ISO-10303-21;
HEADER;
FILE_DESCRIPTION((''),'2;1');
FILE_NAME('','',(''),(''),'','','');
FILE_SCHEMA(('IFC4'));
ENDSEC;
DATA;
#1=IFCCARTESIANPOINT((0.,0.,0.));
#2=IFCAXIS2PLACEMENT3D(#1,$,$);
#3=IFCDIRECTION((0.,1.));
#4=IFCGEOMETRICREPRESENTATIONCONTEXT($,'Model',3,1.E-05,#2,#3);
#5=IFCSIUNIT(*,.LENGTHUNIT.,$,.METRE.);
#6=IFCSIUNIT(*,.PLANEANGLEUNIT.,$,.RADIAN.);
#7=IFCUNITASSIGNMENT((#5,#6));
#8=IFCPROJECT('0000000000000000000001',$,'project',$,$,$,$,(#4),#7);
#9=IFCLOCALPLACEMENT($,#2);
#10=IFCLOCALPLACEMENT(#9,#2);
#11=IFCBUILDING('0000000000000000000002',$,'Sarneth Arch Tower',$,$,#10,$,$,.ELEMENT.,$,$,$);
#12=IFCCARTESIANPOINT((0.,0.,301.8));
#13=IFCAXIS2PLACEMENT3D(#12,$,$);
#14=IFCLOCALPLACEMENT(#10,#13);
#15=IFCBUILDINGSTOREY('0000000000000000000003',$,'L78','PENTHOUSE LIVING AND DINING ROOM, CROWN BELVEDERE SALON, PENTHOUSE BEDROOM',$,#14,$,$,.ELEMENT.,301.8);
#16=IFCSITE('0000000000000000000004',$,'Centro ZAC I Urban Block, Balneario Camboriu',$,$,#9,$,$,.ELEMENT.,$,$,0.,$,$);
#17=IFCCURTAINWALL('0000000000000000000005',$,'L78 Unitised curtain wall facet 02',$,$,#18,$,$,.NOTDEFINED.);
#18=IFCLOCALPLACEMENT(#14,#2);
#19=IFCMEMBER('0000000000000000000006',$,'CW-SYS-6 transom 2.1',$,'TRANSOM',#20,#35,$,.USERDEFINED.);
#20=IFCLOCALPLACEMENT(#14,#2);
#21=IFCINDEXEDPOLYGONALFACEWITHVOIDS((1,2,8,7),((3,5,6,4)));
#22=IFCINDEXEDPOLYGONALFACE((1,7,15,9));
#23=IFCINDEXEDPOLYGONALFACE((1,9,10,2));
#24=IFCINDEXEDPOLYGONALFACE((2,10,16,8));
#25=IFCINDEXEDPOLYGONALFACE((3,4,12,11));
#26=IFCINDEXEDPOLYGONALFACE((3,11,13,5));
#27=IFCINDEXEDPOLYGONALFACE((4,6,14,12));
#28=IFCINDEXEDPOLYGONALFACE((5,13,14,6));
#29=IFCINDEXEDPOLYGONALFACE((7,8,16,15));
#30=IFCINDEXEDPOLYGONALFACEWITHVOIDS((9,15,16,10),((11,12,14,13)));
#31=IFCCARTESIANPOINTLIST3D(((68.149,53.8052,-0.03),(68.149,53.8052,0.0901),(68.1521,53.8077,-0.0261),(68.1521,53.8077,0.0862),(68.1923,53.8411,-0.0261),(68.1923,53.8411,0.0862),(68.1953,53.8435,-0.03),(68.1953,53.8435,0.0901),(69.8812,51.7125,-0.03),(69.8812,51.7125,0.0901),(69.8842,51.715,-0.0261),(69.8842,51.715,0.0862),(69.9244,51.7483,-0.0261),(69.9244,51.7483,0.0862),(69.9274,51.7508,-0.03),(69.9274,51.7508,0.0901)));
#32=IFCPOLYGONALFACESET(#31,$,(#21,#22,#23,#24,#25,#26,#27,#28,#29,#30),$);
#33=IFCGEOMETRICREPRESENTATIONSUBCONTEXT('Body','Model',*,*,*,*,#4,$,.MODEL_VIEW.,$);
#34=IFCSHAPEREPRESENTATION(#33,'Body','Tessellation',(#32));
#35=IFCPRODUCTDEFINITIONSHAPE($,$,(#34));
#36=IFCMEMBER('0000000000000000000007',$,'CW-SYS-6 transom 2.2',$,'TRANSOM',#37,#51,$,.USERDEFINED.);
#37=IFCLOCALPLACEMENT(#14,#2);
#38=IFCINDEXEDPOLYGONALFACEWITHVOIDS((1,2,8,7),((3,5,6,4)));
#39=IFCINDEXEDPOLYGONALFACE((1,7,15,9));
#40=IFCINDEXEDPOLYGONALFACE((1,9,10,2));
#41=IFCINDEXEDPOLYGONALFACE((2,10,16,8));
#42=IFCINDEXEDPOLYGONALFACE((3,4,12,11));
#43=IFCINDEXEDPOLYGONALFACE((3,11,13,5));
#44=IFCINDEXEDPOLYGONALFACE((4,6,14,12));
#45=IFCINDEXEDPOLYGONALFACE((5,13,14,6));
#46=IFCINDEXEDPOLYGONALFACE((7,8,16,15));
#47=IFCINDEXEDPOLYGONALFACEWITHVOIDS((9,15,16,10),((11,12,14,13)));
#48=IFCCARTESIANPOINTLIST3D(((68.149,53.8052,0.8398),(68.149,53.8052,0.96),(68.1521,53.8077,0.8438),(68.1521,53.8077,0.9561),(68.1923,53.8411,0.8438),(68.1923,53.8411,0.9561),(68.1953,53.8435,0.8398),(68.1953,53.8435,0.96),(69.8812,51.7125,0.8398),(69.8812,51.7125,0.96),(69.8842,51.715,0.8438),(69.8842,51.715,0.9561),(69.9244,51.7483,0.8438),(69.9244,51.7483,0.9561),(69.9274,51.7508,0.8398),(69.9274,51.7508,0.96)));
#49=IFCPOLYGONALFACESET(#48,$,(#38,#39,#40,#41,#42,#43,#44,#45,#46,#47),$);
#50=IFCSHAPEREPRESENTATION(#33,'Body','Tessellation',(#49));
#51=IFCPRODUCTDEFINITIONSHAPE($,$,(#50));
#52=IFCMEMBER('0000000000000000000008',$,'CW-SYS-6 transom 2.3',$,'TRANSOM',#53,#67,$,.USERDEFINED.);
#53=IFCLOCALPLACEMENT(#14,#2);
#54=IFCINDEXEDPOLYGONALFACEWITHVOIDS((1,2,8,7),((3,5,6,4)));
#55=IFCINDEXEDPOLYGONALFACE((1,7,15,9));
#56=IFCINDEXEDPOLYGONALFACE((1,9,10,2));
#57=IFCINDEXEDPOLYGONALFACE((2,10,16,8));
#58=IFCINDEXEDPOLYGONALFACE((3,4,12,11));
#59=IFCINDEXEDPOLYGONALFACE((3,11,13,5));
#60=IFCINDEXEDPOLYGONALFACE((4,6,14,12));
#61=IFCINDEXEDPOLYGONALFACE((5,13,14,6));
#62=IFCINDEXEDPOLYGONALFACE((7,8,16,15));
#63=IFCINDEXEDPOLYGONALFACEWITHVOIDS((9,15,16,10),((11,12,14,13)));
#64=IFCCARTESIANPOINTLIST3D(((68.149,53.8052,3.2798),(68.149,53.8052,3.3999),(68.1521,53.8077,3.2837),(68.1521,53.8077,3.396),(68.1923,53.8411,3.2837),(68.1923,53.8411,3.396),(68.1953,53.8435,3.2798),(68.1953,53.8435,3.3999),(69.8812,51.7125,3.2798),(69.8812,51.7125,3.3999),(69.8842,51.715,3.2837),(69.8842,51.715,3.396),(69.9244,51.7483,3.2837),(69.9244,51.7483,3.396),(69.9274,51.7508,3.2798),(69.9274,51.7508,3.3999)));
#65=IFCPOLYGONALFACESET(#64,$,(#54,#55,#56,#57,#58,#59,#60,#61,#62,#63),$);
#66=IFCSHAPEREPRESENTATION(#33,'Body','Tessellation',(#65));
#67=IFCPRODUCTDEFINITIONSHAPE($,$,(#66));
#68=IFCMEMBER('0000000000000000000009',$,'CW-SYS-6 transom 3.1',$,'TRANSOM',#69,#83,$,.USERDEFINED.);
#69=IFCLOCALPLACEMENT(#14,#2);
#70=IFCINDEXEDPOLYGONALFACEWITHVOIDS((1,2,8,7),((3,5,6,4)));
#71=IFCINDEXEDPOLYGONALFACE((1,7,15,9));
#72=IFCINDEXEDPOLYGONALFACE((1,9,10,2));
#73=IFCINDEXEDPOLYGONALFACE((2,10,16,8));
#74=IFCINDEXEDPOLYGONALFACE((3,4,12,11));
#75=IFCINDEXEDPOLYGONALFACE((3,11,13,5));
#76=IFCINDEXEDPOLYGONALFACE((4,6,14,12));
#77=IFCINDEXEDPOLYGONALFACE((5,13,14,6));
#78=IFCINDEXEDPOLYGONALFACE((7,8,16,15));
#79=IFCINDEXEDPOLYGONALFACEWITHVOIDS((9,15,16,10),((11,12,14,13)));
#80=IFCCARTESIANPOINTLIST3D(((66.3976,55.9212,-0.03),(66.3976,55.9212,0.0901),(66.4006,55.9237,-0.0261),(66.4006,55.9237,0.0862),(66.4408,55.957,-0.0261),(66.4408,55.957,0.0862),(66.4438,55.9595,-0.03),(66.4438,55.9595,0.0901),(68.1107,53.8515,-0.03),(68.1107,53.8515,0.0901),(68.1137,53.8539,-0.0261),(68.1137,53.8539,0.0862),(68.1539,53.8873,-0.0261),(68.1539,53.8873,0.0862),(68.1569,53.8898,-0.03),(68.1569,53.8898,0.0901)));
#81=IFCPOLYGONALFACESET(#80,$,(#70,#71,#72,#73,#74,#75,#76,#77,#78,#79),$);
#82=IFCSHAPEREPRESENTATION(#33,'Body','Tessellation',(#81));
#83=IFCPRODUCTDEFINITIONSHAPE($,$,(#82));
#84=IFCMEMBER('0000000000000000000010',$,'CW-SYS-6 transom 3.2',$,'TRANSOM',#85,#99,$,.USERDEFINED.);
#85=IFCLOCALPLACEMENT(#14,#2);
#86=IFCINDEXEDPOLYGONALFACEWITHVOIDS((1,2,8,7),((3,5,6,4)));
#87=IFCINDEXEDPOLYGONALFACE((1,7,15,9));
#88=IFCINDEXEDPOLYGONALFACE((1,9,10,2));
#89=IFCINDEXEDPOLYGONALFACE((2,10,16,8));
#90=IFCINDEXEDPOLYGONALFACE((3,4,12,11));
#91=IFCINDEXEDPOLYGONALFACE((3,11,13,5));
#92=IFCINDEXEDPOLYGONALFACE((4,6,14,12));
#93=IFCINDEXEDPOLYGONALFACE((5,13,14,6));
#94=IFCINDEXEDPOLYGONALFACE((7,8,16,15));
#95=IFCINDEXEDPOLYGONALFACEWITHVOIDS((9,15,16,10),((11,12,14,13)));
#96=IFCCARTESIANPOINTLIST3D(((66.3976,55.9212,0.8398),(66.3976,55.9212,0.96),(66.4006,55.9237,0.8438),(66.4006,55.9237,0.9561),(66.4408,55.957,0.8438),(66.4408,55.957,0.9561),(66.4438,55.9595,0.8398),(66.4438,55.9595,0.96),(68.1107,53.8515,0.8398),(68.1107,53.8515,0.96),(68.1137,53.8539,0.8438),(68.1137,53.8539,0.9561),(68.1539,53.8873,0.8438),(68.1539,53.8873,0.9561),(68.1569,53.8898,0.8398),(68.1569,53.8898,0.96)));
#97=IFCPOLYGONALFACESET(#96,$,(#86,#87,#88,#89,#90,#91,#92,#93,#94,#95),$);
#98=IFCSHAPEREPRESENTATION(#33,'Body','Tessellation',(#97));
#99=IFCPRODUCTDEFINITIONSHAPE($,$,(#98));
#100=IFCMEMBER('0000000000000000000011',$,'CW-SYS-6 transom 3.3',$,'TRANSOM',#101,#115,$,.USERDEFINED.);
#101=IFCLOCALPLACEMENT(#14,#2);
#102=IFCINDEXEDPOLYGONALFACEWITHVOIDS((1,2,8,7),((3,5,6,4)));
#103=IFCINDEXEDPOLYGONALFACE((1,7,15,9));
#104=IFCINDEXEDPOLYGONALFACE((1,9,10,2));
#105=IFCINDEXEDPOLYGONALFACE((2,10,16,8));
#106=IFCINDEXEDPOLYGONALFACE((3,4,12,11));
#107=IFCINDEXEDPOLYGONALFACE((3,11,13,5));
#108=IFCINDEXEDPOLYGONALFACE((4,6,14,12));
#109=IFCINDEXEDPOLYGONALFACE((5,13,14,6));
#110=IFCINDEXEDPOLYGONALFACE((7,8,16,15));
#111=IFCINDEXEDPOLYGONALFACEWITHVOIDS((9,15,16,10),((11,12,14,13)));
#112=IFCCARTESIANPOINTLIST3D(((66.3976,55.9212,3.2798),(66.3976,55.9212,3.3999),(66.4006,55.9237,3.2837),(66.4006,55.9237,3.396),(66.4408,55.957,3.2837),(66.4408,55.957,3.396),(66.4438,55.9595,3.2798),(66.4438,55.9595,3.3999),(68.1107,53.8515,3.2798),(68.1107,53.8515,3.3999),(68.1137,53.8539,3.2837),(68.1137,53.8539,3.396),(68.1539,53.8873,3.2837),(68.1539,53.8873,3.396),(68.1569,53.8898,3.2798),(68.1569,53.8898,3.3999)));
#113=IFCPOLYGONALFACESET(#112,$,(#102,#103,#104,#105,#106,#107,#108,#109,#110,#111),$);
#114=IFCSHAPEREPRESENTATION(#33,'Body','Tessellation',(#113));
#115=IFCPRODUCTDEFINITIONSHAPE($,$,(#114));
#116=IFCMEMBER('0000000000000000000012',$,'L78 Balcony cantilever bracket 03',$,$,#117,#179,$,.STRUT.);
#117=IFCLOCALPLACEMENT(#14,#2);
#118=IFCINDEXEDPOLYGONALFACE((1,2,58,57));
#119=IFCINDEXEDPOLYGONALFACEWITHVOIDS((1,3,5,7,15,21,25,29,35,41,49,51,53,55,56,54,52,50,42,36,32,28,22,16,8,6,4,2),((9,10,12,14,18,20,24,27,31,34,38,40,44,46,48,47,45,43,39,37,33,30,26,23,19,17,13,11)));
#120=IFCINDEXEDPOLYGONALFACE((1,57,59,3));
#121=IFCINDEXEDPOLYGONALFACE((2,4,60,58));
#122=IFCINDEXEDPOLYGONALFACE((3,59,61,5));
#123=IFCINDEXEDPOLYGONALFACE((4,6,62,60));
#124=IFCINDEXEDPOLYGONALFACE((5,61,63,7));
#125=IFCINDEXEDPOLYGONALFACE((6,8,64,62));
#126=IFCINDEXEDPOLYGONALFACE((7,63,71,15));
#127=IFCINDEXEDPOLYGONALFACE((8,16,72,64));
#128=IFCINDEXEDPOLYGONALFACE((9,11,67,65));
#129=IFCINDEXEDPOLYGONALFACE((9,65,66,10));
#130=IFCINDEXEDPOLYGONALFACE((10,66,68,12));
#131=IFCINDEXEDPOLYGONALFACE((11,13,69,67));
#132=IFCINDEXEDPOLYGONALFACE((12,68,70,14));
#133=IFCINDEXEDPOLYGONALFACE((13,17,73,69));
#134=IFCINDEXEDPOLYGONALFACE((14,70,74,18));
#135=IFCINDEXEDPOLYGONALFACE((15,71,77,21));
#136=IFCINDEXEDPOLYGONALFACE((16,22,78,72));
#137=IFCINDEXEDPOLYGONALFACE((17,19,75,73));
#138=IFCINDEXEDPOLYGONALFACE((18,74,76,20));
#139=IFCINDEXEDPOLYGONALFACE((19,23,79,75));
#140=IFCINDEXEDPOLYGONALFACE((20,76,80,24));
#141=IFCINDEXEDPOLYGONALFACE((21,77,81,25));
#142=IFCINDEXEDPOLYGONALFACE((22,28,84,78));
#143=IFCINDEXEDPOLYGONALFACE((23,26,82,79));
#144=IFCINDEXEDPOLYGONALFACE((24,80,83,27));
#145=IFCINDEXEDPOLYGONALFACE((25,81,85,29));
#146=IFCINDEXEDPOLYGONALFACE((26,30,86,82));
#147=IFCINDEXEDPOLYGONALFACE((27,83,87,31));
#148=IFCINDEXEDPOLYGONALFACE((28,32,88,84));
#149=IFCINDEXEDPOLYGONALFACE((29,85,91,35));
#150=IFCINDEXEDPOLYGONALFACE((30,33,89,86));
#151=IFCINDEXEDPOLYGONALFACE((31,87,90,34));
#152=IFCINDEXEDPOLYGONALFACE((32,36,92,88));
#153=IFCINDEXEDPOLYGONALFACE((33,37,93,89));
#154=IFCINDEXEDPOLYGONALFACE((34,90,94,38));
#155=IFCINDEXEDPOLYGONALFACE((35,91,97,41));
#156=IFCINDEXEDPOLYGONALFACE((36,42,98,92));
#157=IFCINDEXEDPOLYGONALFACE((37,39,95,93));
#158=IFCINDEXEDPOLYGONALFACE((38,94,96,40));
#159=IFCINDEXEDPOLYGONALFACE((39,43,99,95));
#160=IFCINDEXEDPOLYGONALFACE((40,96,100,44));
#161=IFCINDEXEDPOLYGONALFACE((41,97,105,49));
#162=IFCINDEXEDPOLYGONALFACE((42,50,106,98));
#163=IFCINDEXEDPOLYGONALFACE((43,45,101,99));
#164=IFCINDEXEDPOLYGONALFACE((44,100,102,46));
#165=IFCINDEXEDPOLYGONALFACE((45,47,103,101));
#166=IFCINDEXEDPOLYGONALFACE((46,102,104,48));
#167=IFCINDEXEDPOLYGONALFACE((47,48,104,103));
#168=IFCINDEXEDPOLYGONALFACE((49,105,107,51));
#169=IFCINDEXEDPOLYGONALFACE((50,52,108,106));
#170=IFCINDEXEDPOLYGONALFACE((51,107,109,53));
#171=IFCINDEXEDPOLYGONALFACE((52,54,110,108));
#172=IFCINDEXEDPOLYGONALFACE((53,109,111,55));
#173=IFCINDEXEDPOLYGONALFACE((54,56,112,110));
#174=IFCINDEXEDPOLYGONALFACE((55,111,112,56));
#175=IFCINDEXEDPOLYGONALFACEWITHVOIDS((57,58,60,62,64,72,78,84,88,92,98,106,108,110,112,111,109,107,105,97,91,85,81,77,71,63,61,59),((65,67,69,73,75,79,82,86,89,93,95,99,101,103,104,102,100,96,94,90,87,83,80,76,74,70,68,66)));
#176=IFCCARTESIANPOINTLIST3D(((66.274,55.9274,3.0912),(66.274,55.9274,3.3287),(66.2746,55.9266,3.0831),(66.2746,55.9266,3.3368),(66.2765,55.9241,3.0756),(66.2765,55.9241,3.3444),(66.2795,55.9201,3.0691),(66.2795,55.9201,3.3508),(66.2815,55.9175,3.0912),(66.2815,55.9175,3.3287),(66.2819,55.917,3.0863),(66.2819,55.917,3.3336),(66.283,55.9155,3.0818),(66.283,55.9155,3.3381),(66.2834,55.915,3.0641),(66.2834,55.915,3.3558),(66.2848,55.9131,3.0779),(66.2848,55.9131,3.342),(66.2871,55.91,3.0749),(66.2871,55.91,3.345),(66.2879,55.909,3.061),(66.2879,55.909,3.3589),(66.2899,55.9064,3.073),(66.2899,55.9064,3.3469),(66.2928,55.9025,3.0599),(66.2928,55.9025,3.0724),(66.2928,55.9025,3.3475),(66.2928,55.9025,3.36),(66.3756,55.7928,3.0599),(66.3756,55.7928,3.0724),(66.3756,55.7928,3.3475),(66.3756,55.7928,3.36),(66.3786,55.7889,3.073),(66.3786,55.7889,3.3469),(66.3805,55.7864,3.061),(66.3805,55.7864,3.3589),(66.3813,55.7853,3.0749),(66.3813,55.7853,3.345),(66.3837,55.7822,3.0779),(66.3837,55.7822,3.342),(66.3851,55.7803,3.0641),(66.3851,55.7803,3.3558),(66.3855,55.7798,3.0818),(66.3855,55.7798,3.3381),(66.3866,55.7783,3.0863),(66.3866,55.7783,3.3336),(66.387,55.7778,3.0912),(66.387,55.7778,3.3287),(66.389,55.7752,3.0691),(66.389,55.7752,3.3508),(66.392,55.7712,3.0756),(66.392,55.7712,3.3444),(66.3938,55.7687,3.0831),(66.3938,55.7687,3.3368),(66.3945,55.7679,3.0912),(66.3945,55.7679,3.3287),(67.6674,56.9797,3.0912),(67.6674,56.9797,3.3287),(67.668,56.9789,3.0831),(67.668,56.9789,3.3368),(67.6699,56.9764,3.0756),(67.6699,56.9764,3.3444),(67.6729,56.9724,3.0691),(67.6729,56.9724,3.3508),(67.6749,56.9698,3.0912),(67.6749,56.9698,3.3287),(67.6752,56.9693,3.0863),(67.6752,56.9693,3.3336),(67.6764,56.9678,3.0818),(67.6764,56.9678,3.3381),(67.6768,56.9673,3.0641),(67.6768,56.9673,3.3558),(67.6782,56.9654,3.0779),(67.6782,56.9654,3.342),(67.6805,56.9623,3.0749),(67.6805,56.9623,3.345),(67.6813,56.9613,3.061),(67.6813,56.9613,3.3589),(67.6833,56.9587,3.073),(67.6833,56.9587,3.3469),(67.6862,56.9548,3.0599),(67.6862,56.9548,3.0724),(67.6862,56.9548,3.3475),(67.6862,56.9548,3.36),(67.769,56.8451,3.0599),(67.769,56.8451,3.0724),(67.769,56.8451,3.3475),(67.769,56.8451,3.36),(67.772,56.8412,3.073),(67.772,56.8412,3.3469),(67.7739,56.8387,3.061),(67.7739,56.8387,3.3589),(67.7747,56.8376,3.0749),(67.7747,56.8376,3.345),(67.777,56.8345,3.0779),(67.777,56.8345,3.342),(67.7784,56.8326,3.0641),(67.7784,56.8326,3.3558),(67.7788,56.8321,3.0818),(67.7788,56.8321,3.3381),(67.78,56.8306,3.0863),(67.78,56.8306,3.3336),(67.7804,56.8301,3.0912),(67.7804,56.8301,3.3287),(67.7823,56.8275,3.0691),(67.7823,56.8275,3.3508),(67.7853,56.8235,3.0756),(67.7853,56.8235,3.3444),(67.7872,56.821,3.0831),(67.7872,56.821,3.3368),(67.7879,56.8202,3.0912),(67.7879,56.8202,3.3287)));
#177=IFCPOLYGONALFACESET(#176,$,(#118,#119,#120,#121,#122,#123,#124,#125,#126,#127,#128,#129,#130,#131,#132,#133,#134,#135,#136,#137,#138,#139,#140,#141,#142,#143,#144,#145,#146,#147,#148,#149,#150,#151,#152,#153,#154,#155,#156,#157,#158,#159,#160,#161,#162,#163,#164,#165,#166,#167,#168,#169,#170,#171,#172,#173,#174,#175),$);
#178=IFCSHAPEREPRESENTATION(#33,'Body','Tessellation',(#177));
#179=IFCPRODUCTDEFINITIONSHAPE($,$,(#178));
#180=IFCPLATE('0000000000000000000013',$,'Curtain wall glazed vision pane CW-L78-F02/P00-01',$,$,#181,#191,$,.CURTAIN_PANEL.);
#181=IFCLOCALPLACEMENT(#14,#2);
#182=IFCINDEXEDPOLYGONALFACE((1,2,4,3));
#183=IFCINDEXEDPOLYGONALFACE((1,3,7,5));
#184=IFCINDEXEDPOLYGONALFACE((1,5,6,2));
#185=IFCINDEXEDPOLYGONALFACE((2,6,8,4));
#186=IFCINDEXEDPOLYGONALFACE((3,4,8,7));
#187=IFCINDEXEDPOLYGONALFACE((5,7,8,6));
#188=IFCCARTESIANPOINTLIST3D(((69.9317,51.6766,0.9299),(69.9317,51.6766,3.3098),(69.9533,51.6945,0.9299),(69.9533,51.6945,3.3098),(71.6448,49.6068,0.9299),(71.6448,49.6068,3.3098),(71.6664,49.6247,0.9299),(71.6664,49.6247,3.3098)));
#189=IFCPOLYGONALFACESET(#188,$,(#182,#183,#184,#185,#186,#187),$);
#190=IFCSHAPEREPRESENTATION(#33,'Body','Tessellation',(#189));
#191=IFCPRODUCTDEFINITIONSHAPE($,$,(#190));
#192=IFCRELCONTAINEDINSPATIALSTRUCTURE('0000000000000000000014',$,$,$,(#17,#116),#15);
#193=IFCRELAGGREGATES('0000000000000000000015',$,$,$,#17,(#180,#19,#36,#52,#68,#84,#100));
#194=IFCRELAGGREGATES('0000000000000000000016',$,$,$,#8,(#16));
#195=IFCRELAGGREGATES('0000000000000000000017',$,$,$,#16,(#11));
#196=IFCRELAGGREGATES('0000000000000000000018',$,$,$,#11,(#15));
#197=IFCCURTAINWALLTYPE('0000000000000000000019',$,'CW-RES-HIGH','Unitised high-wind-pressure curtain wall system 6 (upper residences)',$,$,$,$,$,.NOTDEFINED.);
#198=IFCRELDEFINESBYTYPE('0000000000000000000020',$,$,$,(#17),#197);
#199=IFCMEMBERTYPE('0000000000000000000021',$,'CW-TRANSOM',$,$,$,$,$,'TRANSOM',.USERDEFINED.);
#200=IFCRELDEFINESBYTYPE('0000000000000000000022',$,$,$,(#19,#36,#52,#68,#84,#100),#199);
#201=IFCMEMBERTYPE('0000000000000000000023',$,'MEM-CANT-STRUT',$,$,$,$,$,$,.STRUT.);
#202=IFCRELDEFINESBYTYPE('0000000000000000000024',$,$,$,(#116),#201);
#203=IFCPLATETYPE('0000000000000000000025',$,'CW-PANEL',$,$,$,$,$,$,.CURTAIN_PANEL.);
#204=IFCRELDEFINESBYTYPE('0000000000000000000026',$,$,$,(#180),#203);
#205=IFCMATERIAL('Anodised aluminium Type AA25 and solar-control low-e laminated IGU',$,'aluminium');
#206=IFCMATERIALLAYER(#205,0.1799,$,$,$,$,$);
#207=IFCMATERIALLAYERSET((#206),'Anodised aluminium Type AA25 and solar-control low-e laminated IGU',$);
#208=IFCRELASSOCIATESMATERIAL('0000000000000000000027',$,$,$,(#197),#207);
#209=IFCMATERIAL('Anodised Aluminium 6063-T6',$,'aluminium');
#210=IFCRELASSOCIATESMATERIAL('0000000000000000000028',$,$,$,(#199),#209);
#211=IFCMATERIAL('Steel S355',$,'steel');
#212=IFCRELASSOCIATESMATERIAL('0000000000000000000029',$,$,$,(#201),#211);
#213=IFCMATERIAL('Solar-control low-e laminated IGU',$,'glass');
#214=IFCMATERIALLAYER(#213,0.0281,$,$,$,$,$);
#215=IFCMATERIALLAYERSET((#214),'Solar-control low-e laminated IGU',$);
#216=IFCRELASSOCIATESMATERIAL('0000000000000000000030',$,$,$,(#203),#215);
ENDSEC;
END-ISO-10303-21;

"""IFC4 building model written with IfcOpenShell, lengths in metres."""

from ifc_helpers import new_model, si_unit, direction, frame, origin, origin_2d, place, context, subcontext, project, spatial, rectangle, hollow_rectangle, extrude, material, layer, layer_set, material_profile, profile_set, type_object, element, aggregate, save


model = new_model("IFC4")

# Units and contexts
model_context = context("Model", 3, precision=1e-05, world=origin(), true_north=direction((0.0, 1.0)))
body_context = subcontext(model_context, "Body", "Model", "MODEL_VIEW")
ifc_project = project(units=[si_unit("LENGTHUNIT", "METRE"), si_unit("PLANEANGLEUNIT", "RADIAN")], contexts=[model_context])

# Site, building, storey
site_placement = place(None, origin())
site = spatial("IfcSite", under=ifc_project, at=site_placement, Name="Centro ZAC I Urban Block, Balneario Camboriu", CompositionType="ELEMENT", RefElevation=0.0)
building_placement = place(site_placement, origin())
building = spatial("IfcBuilding", under=site, at=building_placement, Name="Sarneth Arch Tower", CompositionType="ELEMENT")
storey_placement = place(building_placement, frame((0.0, 0.0, 301.8)))
storey = spatial("IfcBuildingStorey", under=building, at=storey_placement, Name="L78", Description="PENTHOUSE LIVING AND DINING ROOM, CROWN BELVEDERE SALON, PENTHOUSE BEDROOM", CompositionType="ELEMENT", Elevation=301.8)

# Curtain wall, members
ifc_material_1 = material(Name="Anodised aluminium Type AA25 and solar-control low-e laminated IGU", Category="aluminium")
ifc_layer_1 = layer(ifc_material_1, 0.1799)
ifc_layer_set_1 = layer_set([ifc_layer_1], Name="Anodised aluminium Type AA25 and solar-control low-e laminated IGU")
curtain_wall_type = type_object("IfcCurtainWallType", Name="CW-RES-HIGH", Description="Unitised high-wind-pressure curtain wall system 6 (upper residences)", PredefinedType="NOTDEFINED", material=ifc_layer_set_1)
curtain_wall_placement = place(storey_placement, origin())
curtain_wall = element("IfcCurtainWall", 1, at=curtain_wall_placement, inside=storey, type_object=curtain_wall_type, Name="L78 Unitised curtain wall facet 02", PredefinedType="NOTDEFINED")
ifc_material_2 = material(Name="Anodised Aluminium 6063-T6", Category="aluminium")
ifc_material_profile_1 = material_profile(ifc_material_2, hollow_rectangle(XDim=0.0601, YDim=0.1201, WallThickness=0.0039, at=origin_2d()), Name="AL-TRAN-120x60x4")
ifc_profile_set_1 = profile_set([ifc_material_profile_1], Name="Anodised Aluminium 6063-T6")
member_type_1 = type_object("IfcMemberType", Name="CW-TRANSOM", ElementType="TRANSOM", PredefinedType="USERDEFINED", material=ifc_profile_set_1)
member_1_placement = place(storey_placement, frame((69.9043, 51.7317, 0.03), z_axis=(-0.637617, 0.770353, 0.0), x_axis=(-0.770353, -0.637617, 0.0)))
member_1 = element("IfcMember", 2, at=member_1_placement, type_object=member_type_1, Name="CW-SYS-6 transom 2.1", ObjectType="TRANSOM", PredefinedType="USERDEFINED", context=body_context, shape_type="SweptSolid", body=[
    extrude(hollow_rectangle(XDim=0.0601, YDim=0.1201, WallThickness=0.0039, at=origin_2d()), origin(), (0.0, 0.0, 1.0), 2.7166),
])
member_2_placement = place(storey_placement, frame((69.9043, 51.7317, 0.8999), z_axis=(-0.637617, 0.770353, 0.0), x_axis=(-0.770353, -0.637617, 0.0)))
member_2 = element("IfcMember", 3, at=member_2_placement, type_object=member_type_1, Name="CW-SYS-6 transom 2.2", ObjectType="TRANSOM", PredefinedType="USERDEFINED", context=body_context, shape_type="SweptSolid", body=[
    extrude(hollow_rectangle(XDim=0.0601, YDim=0.1201, WallThickness=0.0039, at=origin_2d()), origin(), (0.0, 0.0, 1.0), 2.7166),
])
member_3_placement = place(storey_placement, frame((69.9043, 51.7317, 3.3398), z_axis=(-0.637617, 0.770353, 0.0), x_axis=(-0.770353, -0.637617, 0.0)))
member_3 = element("IfcMember", 4, at=member_3_placement, type_object=member_type_1, Name="CW-SYS-6 transom 2.3", ObjectType="TRANSOM", PredefinedType="USERDEFINED", context=body_context, shape_type="SweptSolid", body=[
    extrude(hollow_rectangle(XDim=0.0601, YDim=0.1201, WallThickness=0.0039, at=origin_2d()), origin(), (0.0, 0.0, 1.0), 2.7166),
])
member_4_placement = place(storey_placement, frame((68.1338, 53.8706, 0.03), z_axis=(-0.637607, 0.770362, 0.0), x_axis=(-0.770362, -0.637607, 0.0)))
member_4 = element("IfcMember", 5, at=member_4_placement, type_object=member_type_1, Name="CW-SYS-6 transom 3.1", ObjectType="TRANSOM", PredefinedType="USERDEFINED", context=body_context, shape_type="SweptSolid", body=[
    extrude(hollow_rectangle(XDim=0.0601, YDim=0.1201, WallThickness=0.0039, at=origin_2d()), origin(), (0.0, 0.0, 1.0), 2.6868),
])
member_5_placement = place(storey_placement, frame((68.1338, 53.8706, 0.8999), z_axis=(-0.637607, 0.770362, 0.0), x_axis=(-0.770362, -0.637607, 0.0)))
member_5 = element("IfcMember", 6, at=member_5_placement, type_object=member_type_1, Name="CW-SYS-6 transom 3.2", ObjectType="TRANSOM", PredefinedType="USERDEFINED", context=body_context, shape_type="SweptSolid", body=[
    extrude(hollow_rectangle(XDim=0.0601, YDim=0.1201, WallThickness=0.0039, at=origin_2d()), origin(), (0.0, 0.0, 1.0), 2.6868),
])
member_6_placement = place(storey_placement, frame((68.1338, 53.8706, 3.3398), z_axis=(-0.637607, 0.770362, 0.0), x_axis=(-0.770362, -0.637607, 0.0)))
member_6 = element("IfcMember", 7, at=member_6_placement, type_object=member_type_1, Name="CW-SYS-6 transom 3.3", ObjectType="TRANSOM", PredefinedType="USERDEFINED", context=body_context, shape_type="SweptSolid", body=[
    extrude(hollow_rectangle(XDim=0.0601, YDim=0.1201, WallThickness=0.0039, at=origin_2d()), origin(), (0.0, 0.0, 1.0), 2.6868),
])

# Member
ifc_material_3 = material(Name="Steel S355", Category="steel")
ifc_material_profile_2 = material_profile(ifc_material_3, hollow_rectangle(XDim=0.2, YDim=0.3, WallThickness=0.0125, InnerFilletRadius=0.0188, OuterFilletRadius=0.0312, at=origin_2d()), Name="RHS300x200x12.5")
ifc_profile_set_2 = profile_set([ifc_material_profile_2], Name="Steel S355")
member_type_2 = type_object("IfcMemberType", Name="MEM-CANT-STRUT", PredefinedType="STRUT", material=ifc_profile_set_2)
member_7_placement = place(storey_placement, frame((66.3342, 55.8477, 3.21), z_axis=(0.797999, 0.602659, 0.0), x_axis=(-0.602659, 0.797999, 0.0)))
element("IfcMember", 8, at=member_7_placement, inside=storey, type_object=member_type_2, Name="L78 Balcony cantilever bracket 03", PredefinedType="STRUT", context=body_context, shape_type="SweptSolid", body=[
    extrude(hollow_rectangle(XDim=0.2, YDim=0.3, WallThickness=0.0125, InnerFilletRadius=0.0188, OuterFilletRadius=0.0312, at=origin_2d()), origin(), (0.0, 0.0, 1.0), 1.7461),
])

# Plate
ifc_material_4 = material(Name="Solar-control low-e laminated IGU", Category="glass")
ifc_layer_2 = layer(ifc_material_4, 0.0281)
ifc_layer_set_2 = layer_set([ifc_layer_2], Name="Solar-control low-e laminated IGU")
plate_type_1 = type_object("IfcPlateType", Name="CW-PANEL", PredefinedType="CURTAIN_PANEL", material=ifc_layer_set_2)
plate_1_placement = place(storey_placement, frame((70.7991, 50.6506, 0.9299), z_axis=(0.0, 0.0, 1.0), x_axis=(-0.63761, 0.770359, 0.0)))
plate_1 = element("IfcPlate", 9, at=plate_1_placement, type_object=plate_type_1, Name="Curtain wall glazed vision pane CW-L78-F02/P00-01", PredefinedType="CURTAIN_PANEL", context=body_context, shape_type="SweptSolid", body=[
    extrude(rectangle(XDim=2.6868, YDim=0.0281, at=origin_2d()), origin(), (0.0, 0.0, 1.0), 2.3799),
])
aggregate(curtain_wall, [plate_1, member_1, member_2, member_3, member_4, member_5, member_6])

save(model, "model.ifc")
